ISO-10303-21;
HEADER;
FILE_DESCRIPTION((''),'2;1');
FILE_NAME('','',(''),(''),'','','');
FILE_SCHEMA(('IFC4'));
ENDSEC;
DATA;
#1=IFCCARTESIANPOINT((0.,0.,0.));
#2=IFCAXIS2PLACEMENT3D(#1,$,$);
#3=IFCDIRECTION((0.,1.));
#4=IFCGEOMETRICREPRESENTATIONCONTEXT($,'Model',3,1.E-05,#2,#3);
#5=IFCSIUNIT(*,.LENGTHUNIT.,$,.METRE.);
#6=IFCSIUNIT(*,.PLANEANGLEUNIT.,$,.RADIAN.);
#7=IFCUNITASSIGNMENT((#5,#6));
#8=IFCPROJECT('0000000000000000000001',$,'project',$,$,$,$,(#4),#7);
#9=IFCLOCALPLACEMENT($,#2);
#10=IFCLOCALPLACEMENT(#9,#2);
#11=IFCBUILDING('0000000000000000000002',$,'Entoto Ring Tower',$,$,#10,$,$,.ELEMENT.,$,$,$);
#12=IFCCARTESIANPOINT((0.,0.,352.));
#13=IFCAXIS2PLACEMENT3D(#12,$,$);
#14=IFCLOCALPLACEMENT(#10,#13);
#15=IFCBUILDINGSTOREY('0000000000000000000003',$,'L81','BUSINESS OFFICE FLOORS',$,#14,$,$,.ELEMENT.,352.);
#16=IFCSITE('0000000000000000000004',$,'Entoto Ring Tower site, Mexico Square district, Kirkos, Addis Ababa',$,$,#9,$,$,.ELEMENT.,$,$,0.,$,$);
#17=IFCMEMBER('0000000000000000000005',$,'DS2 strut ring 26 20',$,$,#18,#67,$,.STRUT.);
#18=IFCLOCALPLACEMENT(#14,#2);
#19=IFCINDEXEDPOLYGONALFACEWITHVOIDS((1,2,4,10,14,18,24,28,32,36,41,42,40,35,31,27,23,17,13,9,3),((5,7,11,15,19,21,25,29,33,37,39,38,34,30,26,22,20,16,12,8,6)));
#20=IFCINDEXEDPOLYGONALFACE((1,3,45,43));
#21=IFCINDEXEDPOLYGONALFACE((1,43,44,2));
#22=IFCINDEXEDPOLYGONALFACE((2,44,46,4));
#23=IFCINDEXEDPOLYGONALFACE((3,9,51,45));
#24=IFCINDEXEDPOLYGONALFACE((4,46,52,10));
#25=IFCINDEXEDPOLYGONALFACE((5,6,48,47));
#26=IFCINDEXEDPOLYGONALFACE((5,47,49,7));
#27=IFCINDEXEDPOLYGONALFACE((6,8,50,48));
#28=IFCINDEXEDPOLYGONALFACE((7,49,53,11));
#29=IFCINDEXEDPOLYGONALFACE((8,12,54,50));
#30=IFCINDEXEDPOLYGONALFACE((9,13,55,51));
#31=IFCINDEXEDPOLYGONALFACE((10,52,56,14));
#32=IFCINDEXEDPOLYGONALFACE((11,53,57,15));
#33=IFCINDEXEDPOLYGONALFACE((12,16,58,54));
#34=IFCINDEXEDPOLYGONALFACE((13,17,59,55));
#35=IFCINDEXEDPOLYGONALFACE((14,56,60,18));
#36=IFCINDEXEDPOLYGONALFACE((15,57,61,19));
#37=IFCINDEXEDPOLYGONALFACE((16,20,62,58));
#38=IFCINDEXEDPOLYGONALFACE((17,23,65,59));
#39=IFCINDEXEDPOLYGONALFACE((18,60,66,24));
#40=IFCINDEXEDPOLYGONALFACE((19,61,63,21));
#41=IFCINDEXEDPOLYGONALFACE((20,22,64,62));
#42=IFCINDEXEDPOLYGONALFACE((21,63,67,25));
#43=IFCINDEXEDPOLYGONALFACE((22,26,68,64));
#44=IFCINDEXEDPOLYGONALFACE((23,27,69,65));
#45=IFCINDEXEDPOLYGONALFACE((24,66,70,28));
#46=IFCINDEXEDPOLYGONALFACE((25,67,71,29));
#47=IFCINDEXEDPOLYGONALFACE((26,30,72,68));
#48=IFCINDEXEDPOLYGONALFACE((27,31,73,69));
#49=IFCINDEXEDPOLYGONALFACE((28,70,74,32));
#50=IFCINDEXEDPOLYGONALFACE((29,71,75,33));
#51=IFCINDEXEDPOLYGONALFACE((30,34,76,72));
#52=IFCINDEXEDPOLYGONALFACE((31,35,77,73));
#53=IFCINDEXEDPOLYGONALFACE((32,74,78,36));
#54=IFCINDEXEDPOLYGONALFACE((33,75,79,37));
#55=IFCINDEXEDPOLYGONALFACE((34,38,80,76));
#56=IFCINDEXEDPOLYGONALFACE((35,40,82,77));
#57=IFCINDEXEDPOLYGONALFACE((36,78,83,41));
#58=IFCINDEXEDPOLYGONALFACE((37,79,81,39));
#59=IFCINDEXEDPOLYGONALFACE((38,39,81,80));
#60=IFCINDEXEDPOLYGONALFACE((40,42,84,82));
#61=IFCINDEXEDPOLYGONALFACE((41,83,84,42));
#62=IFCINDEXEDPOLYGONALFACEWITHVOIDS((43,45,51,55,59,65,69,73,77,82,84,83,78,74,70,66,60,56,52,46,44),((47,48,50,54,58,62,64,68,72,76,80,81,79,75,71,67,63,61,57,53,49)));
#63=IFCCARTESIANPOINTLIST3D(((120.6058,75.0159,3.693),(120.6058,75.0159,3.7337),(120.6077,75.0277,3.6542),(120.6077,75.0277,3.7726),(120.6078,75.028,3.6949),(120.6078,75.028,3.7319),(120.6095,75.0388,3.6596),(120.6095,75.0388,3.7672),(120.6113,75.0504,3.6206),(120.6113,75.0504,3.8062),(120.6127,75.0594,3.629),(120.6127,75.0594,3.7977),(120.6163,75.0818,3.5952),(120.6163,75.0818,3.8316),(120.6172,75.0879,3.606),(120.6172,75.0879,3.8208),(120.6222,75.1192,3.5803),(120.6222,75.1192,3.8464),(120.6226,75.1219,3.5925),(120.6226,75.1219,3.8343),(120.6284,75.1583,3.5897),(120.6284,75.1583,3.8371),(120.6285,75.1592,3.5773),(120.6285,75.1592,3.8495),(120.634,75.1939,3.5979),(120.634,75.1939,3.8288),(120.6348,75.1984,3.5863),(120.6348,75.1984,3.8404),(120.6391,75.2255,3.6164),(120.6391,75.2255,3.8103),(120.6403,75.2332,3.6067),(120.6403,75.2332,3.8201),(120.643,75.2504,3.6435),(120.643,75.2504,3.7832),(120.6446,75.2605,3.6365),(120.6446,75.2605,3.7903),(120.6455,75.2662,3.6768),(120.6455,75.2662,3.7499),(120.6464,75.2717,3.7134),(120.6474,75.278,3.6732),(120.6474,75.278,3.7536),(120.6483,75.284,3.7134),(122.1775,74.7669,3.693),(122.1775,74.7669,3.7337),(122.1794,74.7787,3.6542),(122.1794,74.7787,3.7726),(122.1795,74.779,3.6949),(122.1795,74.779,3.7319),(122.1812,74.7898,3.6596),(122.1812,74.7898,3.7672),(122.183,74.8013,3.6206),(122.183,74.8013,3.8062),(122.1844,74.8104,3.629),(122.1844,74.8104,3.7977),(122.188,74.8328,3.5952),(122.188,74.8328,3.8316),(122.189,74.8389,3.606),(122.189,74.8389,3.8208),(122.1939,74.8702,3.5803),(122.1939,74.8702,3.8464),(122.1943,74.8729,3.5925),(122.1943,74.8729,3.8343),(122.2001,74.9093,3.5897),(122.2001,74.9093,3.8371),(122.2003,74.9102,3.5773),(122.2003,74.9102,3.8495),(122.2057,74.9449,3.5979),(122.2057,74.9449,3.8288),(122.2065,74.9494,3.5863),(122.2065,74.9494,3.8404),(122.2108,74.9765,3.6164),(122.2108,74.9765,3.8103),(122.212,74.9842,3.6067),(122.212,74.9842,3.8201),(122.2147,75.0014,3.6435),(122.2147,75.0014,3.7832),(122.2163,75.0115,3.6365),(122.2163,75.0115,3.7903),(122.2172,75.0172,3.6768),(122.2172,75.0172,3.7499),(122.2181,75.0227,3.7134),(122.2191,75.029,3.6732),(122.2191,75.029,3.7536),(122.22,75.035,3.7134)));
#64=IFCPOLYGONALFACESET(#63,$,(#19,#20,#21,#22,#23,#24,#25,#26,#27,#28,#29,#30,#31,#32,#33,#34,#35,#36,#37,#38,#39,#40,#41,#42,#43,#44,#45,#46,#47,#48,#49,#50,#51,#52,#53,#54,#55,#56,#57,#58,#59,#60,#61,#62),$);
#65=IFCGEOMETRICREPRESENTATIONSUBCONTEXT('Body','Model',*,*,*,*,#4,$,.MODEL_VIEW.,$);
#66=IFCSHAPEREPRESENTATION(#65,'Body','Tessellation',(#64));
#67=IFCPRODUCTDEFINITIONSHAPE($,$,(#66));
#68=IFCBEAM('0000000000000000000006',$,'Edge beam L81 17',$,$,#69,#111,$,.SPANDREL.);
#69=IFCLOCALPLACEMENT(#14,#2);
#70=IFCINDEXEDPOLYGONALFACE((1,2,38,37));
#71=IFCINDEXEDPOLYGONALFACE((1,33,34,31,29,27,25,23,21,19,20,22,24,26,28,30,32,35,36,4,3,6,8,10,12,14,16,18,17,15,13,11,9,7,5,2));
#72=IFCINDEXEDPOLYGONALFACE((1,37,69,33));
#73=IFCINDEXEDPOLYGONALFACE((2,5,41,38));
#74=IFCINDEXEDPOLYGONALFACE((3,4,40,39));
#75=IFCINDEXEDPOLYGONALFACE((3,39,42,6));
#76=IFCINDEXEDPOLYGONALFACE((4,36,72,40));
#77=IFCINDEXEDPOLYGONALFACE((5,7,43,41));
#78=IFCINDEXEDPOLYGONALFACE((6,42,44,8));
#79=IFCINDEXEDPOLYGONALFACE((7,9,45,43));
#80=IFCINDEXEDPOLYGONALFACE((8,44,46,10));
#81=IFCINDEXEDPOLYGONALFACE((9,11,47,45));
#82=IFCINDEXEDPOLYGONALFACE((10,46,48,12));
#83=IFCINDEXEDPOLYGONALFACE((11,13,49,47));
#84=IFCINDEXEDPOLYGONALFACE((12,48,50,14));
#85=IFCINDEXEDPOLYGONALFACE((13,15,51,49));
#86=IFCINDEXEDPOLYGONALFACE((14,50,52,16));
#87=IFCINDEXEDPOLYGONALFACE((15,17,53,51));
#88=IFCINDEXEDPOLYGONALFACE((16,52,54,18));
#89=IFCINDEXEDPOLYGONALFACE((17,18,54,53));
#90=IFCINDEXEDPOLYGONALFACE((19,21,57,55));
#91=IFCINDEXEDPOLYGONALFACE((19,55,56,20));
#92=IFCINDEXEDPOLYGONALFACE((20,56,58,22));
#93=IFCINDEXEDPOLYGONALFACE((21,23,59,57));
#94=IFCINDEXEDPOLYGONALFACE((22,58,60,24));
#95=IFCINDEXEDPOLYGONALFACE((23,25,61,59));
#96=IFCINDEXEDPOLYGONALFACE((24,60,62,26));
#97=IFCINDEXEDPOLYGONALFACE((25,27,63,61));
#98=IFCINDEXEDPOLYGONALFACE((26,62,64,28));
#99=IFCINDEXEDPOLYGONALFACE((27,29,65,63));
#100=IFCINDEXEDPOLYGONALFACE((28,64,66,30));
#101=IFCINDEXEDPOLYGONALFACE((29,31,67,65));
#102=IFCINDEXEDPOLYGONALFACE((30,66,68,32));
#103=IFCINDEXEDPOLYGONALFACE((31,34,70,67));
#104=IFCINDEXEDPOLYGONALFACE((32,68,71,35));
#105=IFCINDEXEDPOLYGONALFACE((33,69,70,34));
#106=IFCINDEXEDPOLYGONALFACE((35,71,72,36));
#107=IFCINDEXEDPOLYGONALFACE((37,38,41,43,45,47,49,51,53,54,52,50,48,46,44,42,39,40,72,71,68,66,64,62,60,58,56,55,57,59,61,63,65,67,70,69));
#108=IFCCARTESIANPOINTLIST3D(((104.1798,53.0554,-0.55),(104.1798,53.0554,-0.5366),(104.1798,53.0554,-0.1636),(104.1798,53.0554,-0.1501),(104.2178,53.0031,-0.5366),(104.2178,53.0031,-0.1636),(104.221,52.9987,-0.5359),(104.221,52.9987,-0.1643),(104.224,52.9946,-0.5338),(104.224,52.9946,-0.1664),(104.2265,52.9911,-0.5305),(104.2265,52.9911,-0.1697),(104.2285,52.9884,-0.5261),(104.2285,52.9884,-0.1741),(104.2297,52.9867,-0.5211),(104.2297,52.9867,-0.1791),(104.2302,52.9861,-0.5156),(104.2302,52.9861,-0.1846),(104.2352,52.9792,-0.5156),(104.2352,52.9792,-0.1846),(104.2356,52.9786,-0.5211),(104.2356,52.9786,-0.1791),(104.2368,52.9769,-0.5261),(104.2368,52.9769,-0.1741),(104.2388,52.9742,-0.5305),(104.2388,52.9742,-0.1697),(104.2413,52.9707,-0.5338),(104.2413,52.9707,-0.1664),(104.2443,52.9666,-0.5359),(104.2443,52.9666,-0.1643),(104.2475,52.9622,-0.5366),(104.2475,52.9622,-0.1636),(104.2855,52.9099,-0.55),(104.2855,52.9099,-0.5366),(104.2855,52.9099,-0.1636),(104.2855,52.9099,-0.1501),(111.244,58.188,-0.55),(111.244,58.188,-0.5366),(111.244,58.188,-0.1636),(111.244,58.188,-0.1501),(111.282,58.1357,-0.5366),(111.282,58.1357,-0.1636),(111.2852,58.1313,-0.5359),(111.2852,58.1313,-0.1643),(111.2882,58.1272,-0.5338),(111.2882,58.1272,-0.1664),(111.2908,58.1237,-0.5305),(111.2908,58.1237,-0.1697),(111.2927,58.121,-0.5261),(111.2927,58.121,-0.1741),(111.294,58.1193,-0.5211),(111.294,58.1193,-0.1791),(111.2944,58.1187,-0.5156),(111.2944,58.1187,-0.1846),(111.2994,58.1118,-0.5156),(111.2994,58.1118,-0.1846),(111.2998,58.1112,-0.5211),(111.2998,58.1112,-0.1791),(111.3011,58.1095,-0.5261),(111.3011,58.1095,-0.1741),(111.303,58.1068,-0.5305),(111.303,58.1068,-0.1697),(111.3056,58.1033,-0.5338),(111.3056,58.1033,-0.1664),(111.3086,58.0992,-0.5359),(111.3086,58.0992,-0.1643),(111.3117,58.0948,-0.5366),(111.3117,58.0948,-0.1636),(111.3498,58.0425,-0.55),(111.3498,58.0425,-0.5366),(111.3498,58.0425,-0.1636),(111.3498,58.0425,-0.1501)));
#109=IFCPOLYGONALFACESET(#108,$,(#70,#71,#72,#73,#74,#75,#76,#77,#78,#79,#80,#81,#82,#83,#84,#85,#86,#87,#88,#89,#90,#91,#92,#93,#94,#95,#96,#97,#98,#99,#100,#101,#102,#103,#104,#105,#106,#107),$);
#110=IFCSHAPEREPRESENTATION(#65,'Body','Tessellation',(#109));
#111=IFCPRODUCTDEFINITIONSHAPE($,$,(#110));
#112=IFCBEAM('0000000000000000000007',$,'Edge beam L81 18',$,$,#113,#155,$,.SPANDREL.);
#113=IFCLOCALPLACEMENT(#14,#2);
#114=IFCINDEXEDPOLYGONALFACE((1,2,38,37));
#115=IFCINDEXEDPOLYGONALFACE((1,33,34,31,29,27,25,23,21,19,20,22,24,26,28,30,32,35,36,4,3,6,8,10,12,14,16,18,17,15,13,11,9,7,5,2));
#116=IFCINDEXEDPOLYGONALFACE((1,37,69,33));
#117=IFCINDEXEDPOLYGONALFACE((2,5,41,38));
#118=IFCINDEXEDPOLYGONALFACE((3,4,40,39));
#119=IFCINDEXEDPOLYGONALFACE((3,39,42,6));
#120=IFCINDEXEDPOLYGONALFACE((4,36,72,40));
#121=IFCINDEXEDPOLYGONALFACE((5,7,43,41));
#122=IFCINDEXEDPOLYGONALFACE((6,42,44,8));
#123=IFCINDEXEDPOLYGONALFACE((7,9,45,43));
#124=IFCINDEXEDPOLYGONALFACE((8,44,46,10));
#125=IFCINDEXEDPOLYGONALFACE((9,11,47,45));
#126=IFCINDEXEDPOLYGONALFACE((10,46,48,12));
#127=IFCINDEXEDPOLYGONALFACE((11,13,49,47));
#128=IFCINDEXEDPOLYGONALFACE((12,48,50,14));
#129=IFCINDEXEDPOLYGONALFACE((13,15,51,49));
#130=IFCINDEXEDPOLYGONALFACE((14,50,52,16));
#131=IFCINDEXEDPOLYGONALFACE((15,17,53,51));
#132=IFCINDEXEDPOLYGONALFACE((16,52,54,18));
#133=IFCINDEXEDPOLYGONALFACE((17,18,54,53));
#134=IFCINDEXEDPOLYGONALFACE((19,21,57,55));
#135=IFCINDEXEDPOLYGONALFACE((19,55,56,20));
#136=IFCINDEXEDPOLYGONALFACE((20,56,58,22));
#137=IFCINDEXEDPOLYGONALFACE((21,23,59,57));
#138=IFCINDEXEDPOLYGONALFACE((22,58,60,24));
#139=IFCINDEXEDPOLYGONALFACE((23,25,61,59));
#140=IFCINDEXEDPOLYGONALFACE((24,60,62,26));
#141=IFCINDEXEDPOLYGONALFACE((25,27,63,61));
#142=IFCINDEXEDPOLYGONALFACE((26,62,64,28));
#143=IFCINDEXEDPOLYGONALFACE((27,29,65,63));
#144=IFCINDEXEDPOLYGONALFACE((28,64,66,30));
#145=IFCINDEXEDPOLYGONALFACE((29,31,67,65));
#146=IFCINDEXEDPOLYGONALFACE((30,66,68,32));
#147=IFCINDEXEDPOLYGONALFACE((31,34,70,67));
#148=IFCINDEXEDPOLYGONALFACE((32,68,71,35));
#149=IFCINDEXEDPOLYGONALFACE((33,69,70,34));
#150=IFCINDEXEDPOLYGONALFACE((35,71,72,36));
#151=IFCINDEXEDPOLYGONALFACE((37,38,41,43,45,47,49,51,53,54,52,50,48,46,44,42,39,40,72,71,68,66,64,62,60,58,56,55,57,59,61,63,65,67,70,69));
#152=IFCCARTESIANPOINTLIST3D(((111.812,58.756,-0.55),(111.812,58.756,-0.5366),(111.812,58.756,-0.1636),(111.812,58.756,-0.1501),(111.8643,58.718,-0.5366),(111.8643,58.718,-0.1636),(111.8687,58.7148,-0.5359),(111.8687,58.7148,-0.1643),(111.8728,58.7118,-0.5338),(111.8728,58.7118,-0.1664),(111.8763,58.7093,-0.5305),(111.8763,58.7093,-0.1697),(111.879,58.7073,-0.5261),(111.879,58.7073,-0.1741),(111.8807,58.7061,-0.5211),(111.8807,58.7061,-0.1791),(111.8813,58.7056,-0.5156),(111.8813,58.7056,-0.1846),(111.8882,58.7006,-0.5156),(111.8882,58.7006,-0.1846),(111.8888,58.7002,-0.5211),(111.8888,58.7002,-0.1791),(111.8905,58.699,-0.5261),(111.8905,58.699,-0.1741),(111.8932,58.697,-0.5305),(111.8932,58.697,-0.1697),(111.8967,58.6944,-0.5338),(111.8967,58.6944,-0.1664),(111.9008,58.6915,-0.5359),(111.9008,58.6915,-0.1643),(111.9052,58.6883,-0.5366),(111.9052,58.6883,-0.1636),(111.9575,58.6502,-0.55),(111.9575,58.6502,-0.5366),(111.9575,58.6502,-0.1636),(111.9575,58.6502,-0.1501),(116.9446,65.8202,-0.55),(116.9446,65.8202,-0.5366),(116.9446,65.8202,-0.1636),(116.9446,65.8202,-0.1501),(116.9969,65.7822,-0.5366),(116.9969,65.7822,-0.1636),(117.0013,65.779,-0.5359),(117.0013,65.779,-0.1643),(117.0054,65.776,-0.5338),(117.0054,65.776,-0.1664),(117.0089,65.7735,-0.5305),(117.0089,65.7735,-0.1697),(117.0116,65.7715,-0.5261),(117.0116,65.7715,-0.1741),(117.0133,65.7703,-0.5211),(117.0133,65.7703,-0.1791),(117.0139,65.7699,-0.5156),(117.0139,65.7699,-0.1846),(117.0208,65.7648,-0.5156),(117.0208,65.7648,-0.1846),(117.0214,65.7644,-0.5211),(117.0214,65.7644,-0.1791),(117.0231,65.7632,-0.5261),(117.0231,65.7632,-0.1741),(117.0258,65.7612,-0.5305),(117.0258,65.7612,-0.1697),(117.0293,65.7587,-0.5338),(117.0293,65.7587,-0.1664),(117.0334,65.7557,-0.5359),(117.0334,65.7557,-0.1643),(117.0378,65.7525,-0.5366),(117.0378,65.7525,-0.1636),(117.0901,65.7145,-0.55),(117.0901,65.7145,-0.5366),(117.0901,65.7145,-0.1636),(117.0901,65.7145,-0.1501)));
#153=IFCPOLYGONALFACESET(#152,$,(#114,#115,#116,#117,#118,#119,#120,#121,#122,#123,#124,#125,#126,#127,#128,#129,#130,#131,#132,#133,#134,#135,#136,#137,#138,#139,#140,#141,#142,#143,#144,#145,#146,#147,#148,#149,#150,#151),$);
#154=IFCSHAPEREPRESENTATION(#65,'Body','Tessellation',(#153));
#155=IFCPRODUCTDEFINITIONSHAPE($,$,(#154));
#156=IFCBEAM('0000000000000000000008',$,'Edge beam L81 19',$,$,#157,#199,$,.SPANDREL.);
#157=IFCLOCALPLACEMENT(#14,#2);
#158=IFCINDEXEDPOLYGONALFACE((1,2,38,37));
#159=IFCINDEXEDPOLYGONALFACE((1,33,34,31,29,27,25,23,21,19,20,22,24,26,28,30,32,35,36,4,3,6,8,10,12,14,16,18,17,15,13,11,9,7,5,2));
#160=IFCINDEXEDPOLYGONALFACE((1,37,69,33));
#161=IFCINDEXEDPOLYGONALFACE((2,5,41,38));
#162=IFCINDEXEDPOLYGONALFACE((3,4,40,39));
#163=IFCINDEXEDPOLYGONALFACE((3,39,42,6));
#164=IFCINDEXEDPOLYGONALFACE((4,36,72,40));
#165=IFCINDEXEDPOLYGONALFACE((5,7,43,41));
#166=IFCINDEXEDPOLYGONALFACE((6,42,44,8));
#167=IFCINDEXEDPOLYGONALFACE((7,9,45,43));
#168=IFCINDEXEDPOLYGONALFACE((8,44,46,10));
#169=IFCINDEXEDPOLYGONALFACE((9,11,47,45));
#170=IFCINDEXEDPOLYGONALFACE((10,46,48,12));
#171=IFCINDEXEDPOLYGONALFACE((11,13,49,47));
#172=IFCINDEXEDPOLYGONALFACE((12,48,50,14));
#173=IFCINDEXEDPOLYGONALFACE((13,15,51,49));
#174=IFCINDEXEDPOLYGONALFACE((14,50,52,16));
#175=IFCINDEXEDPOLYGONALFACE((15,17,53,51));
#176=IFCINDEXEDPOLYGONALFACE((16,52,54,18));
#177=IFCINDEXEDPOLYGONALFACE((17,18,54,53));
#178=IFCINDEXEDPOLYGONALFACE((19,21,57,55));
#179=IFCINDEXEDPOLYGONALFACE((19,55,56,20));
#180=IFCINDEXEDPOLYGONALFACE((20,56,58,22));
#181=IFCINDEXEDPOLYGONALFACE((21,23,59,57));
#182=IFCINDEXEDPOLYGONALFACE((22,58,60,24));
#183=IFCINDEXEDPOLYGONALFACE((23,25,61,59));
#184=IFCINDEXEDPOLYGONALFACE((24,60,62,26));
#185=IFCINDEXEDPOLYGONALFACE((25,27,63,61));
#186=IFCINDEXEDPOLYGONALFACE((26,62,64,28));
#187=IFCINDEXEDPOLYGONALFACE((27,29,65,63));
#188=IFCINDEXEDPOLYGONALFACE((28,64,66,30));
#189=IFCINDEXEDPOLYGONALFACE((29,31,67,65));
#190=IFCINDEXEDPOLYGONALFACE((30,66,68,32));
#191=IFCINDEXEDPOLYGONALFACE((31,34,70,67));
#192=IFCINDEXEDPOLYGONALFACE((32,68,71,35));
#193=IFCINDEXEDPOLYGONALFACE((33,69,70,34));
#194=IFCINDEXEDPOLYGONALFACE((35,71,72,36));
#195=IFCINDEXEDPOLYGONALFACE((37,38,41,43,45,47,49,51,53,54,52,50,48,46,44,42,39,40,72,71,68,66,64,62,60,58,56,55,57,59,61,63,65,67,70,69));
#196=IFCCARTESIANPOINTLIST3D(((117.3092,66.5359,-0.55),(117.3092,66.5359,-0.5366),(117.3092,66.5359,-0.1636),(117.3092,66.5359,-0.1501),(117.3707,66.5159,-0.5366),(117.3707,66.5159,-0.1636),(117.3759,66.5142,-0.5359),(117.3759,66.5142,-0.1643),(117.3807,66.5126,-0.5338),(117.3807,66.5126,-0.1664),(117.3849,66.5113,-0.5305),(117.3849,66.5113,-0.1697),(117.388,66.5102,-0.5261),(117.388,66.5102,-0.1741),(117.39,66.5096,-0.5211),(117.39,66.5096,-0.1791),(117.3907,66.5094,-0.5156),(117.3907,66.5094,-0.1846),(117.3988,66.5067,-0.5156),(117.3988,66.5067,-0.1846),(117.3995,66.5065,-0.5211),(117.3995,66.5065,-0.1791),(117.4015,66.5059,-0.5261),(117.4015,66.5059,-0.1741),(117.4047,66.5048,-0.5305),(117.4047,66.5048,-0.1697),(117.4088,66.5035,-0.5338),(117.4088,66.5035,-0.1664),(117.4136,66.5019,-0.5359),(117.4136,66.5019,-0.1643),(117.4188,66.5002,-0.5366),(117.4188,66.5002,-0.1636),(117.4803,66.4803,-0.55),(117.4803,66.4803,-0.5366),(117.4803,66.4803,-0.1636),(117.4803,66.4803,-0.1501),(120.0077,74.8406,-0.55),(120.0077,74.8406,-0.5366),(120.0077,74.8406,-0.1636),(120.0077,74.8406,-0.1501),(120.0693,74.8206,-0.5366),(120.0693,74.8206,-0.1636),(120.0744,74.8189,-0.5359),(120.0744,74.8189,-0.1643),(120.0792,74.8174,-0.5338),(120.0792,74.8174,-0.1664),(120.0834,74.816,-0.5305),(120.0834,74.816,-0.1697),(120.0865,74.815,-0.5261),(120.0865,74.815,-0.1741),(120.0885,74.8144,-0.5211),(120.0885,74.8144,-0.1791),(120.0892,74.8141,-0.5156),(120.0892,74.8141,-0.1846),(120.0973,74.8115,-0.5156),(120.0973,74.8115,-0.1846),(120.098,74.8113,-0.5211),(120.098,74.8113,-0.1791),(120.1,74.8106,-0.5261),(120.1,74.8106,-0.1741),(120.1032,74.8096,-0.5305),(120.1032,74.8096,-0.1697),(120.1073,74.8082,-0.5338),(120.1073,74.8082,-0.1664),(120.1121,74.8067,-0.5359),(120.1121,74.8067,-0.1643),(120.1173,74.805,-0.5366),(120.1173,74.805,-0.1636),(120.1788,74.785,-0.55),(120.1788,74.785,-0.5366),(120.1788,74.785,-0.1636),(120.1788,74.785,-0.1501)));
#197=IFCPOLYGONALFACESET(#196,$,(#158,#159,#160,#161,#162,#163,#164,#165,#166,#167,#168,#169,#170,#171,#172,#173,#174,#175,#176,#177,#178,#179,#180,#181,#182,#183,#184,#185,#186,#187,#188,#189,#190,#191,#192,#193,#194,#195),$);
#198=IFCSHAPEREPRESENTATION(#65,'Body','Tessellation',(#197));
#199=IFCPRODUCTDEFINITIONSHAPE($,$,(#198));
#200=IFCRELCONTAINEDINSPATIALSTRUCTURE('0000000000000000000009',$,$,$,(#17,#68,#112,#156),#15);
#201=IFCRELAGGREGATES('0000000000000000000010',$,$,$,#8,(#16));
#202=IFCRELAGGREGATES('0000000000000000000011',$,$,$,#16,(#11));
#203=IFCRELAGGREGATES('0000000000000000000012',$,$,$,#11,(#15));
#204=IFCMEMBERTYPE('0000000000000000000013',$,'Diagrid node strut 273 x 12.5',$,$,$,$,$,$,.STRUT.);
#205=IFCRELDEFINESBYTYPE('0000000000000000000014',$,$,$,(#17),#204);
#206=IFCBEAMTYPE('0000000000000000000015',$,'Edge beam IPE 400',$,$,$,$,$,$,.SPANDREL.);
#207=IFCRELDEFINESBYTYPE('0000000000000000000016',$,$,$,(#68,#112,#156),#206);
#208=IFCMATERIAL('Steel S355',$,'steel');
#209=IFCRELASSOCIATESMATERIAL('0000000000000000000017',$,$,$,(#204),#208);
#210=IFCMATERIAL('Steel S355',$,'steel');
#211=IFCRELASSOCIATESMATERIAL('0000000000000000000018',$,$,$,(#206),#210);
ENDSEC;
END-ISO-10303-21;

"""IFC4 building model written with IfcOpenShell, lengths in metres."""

from ifc_helpers import new_model, si_unit, direction, frame, origin, origin_2d, place, context, subcontext, project, spatial, circle, hollow_circle, i_section, extrude, material, material_profile, profile_set, type_object, element, save


model = new_model("IFC4")

# Units and contexts
model_context = context("Model", 3, precision=1e-05, world=origin(), true_north=direction((0.0, 1.0)))
body_context = subcontext(model_context, "Body", "Model", "MODEL_VIEW")
ifc_project = project(units=[si_unit("LENGTHUNIT", "METRE"), si_unit("PLANEANGLEUNIT", "RADIAN")], contexts=[model_context])

# Site, building, storey
site_placement = place(None, origin())
site = spatial("IfcSite", under=ifc_project, at=site_placement, Name="Entoto Ring Tower site, Mexico Square district, Kirkos, Addis Ababa", CompositionType="ELEMENT", RefElevation=0.0)
building_placement = place(site_placement, origin())
building = spatial("IfcBuilding", under=site, at=building_placement, Name="Entoto Ring Tower", CompositionType="ELEMENT")
storey_placement = place(building_placement, frame((0.0, 0.0, 352.0)))
storey = spatial("IfcBuildingStorey", under=building, at=storey_placement, Name="L81", Description="BUSINESS OFFICE FLOORS", CompositionType="ELEMENT", Elevation=352.0)

# Member
ifc_material_1 = material(Name="Steel S355", Category="steel")
ifc_material_profile_1 = material_profile(ifc_material_1, hollow_circle(Radius=0.1365, WallThickness=0.0125, at=origin_2d()), Name="CHS 273 x 12.5")
ifc_material_2 = material(Name="Concrete C60/75", Category="concrete")
ifc_material_profile_2 = material_profile(ifc_material_2, circle(Radius=0.124, at=origin_2d()), Name="Concrete C60/75 infill")
ifc_profile_set_1 = profile_set([ifc_material_profile_1, ifc_material_profile_2], Name="Steel S355")
member_type = type_object("IfcMemberType", Name="Diagrid node strut 273 x 12.5", PredefinedType="STRUT", material=ifc_profile_set_1)
for number, where, z_axis, x_axis, name in (
    (1, (120.627, 75.1492, 3.7134), (0.987681, -0.156483, 0.0), (0.156483, 0.987681, 0.0), "DS2 strut ring 26 20"),
):
    element("IfcMember", number, at=place(storey_placement, frame(where, z_axis=z_axis, x_axis=x_axis)), inside=storey, type_object=member_type, Name=name, PredefinedType="STRUT", context=body_context, shape_type="SweptSolid", body=[
        extrude(hollow_circle(Radius=0.1365, WallThickness=0.0125, at=origin_2d()), origin(), (0.0, 0.0, 1.0), 1.5913),
    ])

# Beams
ifc_material_3 = material(Name="Steel S355", Category="steel")
ifc_material_profile_3 = material_profile(ifc_material_3, i_section(OverallWidth=0.1799, OverallDepth=0.3999, WebThickness=0.0085, FlangeThickness=0.0134, FilletRadius=0.021, at=origin_2d()), Name="IPE 400")
ifc_profile_set_2 = profile_set([ifc_material_profile_3], Name="Steel S355")
beam_type_1 = type_object("IfcBeamType", Name="Edge beam IPE 400", PredefinedType="SPANDREL", material=ifc_profile_set_2)
for number, where, z_axis, x_axis, name in (
    (2, (104.2327, 52.9827, -0.3501), (0.80901, 0.587794, 0.0), (-0.587794, 0.80901, 0.0), "Edge beam L81 17"),
    (3, (111.8848, 58.7031, -0.3501), (0.587794, 0.80901, 0.0), (-0.80901, 0.587794, 0.0), "Edge beam L81 18"),
):
    element("IfcBeam", number, at=place(storey_placement, frame(where, z_axis=z_axis, x_axis=x_axis)), inside=storey, type_object=beam_type_1, Name=name, PredefinedType="SPANDREL", context=body_context, shape_type="SweptSolid", body=[
        extrude(i_section(OverallWidth=0.1799, OverallDepth=0.3999, WebThickness=0.0085, FlangeThickness=0.0134, FilletRadius=0.021, at=origin_2d()), origin(), (0.0, 0.0, 1.0), 8.7319),
    ])
beam_1_placement = place(storey_placement, frame((117.3948, 66.5081, -0.3501), z_axis=(0.30903, 0.951052, 0.0), x_axis=(-0.951052, 0.30903, 0.0)))
element("IfcBeam", 4, at=beam_1_placement, inside=storey, type_object=beam_type_1, Name="Edge beam L81 19", PredefinedType="SPANDREL", context=body_context, shape_type="SweptSolid", body=[
    extrude(i_section(OverallWidth=0.1799, OverallDepth=0.3999, WebThickness=0.0085, FlangeThickness=0.0134, FilletRadius=0.021, at=origin_2d()), origin(), (0.0, 0.0, 1.0), 8.7322),
])

save(model, "model.ifc")
